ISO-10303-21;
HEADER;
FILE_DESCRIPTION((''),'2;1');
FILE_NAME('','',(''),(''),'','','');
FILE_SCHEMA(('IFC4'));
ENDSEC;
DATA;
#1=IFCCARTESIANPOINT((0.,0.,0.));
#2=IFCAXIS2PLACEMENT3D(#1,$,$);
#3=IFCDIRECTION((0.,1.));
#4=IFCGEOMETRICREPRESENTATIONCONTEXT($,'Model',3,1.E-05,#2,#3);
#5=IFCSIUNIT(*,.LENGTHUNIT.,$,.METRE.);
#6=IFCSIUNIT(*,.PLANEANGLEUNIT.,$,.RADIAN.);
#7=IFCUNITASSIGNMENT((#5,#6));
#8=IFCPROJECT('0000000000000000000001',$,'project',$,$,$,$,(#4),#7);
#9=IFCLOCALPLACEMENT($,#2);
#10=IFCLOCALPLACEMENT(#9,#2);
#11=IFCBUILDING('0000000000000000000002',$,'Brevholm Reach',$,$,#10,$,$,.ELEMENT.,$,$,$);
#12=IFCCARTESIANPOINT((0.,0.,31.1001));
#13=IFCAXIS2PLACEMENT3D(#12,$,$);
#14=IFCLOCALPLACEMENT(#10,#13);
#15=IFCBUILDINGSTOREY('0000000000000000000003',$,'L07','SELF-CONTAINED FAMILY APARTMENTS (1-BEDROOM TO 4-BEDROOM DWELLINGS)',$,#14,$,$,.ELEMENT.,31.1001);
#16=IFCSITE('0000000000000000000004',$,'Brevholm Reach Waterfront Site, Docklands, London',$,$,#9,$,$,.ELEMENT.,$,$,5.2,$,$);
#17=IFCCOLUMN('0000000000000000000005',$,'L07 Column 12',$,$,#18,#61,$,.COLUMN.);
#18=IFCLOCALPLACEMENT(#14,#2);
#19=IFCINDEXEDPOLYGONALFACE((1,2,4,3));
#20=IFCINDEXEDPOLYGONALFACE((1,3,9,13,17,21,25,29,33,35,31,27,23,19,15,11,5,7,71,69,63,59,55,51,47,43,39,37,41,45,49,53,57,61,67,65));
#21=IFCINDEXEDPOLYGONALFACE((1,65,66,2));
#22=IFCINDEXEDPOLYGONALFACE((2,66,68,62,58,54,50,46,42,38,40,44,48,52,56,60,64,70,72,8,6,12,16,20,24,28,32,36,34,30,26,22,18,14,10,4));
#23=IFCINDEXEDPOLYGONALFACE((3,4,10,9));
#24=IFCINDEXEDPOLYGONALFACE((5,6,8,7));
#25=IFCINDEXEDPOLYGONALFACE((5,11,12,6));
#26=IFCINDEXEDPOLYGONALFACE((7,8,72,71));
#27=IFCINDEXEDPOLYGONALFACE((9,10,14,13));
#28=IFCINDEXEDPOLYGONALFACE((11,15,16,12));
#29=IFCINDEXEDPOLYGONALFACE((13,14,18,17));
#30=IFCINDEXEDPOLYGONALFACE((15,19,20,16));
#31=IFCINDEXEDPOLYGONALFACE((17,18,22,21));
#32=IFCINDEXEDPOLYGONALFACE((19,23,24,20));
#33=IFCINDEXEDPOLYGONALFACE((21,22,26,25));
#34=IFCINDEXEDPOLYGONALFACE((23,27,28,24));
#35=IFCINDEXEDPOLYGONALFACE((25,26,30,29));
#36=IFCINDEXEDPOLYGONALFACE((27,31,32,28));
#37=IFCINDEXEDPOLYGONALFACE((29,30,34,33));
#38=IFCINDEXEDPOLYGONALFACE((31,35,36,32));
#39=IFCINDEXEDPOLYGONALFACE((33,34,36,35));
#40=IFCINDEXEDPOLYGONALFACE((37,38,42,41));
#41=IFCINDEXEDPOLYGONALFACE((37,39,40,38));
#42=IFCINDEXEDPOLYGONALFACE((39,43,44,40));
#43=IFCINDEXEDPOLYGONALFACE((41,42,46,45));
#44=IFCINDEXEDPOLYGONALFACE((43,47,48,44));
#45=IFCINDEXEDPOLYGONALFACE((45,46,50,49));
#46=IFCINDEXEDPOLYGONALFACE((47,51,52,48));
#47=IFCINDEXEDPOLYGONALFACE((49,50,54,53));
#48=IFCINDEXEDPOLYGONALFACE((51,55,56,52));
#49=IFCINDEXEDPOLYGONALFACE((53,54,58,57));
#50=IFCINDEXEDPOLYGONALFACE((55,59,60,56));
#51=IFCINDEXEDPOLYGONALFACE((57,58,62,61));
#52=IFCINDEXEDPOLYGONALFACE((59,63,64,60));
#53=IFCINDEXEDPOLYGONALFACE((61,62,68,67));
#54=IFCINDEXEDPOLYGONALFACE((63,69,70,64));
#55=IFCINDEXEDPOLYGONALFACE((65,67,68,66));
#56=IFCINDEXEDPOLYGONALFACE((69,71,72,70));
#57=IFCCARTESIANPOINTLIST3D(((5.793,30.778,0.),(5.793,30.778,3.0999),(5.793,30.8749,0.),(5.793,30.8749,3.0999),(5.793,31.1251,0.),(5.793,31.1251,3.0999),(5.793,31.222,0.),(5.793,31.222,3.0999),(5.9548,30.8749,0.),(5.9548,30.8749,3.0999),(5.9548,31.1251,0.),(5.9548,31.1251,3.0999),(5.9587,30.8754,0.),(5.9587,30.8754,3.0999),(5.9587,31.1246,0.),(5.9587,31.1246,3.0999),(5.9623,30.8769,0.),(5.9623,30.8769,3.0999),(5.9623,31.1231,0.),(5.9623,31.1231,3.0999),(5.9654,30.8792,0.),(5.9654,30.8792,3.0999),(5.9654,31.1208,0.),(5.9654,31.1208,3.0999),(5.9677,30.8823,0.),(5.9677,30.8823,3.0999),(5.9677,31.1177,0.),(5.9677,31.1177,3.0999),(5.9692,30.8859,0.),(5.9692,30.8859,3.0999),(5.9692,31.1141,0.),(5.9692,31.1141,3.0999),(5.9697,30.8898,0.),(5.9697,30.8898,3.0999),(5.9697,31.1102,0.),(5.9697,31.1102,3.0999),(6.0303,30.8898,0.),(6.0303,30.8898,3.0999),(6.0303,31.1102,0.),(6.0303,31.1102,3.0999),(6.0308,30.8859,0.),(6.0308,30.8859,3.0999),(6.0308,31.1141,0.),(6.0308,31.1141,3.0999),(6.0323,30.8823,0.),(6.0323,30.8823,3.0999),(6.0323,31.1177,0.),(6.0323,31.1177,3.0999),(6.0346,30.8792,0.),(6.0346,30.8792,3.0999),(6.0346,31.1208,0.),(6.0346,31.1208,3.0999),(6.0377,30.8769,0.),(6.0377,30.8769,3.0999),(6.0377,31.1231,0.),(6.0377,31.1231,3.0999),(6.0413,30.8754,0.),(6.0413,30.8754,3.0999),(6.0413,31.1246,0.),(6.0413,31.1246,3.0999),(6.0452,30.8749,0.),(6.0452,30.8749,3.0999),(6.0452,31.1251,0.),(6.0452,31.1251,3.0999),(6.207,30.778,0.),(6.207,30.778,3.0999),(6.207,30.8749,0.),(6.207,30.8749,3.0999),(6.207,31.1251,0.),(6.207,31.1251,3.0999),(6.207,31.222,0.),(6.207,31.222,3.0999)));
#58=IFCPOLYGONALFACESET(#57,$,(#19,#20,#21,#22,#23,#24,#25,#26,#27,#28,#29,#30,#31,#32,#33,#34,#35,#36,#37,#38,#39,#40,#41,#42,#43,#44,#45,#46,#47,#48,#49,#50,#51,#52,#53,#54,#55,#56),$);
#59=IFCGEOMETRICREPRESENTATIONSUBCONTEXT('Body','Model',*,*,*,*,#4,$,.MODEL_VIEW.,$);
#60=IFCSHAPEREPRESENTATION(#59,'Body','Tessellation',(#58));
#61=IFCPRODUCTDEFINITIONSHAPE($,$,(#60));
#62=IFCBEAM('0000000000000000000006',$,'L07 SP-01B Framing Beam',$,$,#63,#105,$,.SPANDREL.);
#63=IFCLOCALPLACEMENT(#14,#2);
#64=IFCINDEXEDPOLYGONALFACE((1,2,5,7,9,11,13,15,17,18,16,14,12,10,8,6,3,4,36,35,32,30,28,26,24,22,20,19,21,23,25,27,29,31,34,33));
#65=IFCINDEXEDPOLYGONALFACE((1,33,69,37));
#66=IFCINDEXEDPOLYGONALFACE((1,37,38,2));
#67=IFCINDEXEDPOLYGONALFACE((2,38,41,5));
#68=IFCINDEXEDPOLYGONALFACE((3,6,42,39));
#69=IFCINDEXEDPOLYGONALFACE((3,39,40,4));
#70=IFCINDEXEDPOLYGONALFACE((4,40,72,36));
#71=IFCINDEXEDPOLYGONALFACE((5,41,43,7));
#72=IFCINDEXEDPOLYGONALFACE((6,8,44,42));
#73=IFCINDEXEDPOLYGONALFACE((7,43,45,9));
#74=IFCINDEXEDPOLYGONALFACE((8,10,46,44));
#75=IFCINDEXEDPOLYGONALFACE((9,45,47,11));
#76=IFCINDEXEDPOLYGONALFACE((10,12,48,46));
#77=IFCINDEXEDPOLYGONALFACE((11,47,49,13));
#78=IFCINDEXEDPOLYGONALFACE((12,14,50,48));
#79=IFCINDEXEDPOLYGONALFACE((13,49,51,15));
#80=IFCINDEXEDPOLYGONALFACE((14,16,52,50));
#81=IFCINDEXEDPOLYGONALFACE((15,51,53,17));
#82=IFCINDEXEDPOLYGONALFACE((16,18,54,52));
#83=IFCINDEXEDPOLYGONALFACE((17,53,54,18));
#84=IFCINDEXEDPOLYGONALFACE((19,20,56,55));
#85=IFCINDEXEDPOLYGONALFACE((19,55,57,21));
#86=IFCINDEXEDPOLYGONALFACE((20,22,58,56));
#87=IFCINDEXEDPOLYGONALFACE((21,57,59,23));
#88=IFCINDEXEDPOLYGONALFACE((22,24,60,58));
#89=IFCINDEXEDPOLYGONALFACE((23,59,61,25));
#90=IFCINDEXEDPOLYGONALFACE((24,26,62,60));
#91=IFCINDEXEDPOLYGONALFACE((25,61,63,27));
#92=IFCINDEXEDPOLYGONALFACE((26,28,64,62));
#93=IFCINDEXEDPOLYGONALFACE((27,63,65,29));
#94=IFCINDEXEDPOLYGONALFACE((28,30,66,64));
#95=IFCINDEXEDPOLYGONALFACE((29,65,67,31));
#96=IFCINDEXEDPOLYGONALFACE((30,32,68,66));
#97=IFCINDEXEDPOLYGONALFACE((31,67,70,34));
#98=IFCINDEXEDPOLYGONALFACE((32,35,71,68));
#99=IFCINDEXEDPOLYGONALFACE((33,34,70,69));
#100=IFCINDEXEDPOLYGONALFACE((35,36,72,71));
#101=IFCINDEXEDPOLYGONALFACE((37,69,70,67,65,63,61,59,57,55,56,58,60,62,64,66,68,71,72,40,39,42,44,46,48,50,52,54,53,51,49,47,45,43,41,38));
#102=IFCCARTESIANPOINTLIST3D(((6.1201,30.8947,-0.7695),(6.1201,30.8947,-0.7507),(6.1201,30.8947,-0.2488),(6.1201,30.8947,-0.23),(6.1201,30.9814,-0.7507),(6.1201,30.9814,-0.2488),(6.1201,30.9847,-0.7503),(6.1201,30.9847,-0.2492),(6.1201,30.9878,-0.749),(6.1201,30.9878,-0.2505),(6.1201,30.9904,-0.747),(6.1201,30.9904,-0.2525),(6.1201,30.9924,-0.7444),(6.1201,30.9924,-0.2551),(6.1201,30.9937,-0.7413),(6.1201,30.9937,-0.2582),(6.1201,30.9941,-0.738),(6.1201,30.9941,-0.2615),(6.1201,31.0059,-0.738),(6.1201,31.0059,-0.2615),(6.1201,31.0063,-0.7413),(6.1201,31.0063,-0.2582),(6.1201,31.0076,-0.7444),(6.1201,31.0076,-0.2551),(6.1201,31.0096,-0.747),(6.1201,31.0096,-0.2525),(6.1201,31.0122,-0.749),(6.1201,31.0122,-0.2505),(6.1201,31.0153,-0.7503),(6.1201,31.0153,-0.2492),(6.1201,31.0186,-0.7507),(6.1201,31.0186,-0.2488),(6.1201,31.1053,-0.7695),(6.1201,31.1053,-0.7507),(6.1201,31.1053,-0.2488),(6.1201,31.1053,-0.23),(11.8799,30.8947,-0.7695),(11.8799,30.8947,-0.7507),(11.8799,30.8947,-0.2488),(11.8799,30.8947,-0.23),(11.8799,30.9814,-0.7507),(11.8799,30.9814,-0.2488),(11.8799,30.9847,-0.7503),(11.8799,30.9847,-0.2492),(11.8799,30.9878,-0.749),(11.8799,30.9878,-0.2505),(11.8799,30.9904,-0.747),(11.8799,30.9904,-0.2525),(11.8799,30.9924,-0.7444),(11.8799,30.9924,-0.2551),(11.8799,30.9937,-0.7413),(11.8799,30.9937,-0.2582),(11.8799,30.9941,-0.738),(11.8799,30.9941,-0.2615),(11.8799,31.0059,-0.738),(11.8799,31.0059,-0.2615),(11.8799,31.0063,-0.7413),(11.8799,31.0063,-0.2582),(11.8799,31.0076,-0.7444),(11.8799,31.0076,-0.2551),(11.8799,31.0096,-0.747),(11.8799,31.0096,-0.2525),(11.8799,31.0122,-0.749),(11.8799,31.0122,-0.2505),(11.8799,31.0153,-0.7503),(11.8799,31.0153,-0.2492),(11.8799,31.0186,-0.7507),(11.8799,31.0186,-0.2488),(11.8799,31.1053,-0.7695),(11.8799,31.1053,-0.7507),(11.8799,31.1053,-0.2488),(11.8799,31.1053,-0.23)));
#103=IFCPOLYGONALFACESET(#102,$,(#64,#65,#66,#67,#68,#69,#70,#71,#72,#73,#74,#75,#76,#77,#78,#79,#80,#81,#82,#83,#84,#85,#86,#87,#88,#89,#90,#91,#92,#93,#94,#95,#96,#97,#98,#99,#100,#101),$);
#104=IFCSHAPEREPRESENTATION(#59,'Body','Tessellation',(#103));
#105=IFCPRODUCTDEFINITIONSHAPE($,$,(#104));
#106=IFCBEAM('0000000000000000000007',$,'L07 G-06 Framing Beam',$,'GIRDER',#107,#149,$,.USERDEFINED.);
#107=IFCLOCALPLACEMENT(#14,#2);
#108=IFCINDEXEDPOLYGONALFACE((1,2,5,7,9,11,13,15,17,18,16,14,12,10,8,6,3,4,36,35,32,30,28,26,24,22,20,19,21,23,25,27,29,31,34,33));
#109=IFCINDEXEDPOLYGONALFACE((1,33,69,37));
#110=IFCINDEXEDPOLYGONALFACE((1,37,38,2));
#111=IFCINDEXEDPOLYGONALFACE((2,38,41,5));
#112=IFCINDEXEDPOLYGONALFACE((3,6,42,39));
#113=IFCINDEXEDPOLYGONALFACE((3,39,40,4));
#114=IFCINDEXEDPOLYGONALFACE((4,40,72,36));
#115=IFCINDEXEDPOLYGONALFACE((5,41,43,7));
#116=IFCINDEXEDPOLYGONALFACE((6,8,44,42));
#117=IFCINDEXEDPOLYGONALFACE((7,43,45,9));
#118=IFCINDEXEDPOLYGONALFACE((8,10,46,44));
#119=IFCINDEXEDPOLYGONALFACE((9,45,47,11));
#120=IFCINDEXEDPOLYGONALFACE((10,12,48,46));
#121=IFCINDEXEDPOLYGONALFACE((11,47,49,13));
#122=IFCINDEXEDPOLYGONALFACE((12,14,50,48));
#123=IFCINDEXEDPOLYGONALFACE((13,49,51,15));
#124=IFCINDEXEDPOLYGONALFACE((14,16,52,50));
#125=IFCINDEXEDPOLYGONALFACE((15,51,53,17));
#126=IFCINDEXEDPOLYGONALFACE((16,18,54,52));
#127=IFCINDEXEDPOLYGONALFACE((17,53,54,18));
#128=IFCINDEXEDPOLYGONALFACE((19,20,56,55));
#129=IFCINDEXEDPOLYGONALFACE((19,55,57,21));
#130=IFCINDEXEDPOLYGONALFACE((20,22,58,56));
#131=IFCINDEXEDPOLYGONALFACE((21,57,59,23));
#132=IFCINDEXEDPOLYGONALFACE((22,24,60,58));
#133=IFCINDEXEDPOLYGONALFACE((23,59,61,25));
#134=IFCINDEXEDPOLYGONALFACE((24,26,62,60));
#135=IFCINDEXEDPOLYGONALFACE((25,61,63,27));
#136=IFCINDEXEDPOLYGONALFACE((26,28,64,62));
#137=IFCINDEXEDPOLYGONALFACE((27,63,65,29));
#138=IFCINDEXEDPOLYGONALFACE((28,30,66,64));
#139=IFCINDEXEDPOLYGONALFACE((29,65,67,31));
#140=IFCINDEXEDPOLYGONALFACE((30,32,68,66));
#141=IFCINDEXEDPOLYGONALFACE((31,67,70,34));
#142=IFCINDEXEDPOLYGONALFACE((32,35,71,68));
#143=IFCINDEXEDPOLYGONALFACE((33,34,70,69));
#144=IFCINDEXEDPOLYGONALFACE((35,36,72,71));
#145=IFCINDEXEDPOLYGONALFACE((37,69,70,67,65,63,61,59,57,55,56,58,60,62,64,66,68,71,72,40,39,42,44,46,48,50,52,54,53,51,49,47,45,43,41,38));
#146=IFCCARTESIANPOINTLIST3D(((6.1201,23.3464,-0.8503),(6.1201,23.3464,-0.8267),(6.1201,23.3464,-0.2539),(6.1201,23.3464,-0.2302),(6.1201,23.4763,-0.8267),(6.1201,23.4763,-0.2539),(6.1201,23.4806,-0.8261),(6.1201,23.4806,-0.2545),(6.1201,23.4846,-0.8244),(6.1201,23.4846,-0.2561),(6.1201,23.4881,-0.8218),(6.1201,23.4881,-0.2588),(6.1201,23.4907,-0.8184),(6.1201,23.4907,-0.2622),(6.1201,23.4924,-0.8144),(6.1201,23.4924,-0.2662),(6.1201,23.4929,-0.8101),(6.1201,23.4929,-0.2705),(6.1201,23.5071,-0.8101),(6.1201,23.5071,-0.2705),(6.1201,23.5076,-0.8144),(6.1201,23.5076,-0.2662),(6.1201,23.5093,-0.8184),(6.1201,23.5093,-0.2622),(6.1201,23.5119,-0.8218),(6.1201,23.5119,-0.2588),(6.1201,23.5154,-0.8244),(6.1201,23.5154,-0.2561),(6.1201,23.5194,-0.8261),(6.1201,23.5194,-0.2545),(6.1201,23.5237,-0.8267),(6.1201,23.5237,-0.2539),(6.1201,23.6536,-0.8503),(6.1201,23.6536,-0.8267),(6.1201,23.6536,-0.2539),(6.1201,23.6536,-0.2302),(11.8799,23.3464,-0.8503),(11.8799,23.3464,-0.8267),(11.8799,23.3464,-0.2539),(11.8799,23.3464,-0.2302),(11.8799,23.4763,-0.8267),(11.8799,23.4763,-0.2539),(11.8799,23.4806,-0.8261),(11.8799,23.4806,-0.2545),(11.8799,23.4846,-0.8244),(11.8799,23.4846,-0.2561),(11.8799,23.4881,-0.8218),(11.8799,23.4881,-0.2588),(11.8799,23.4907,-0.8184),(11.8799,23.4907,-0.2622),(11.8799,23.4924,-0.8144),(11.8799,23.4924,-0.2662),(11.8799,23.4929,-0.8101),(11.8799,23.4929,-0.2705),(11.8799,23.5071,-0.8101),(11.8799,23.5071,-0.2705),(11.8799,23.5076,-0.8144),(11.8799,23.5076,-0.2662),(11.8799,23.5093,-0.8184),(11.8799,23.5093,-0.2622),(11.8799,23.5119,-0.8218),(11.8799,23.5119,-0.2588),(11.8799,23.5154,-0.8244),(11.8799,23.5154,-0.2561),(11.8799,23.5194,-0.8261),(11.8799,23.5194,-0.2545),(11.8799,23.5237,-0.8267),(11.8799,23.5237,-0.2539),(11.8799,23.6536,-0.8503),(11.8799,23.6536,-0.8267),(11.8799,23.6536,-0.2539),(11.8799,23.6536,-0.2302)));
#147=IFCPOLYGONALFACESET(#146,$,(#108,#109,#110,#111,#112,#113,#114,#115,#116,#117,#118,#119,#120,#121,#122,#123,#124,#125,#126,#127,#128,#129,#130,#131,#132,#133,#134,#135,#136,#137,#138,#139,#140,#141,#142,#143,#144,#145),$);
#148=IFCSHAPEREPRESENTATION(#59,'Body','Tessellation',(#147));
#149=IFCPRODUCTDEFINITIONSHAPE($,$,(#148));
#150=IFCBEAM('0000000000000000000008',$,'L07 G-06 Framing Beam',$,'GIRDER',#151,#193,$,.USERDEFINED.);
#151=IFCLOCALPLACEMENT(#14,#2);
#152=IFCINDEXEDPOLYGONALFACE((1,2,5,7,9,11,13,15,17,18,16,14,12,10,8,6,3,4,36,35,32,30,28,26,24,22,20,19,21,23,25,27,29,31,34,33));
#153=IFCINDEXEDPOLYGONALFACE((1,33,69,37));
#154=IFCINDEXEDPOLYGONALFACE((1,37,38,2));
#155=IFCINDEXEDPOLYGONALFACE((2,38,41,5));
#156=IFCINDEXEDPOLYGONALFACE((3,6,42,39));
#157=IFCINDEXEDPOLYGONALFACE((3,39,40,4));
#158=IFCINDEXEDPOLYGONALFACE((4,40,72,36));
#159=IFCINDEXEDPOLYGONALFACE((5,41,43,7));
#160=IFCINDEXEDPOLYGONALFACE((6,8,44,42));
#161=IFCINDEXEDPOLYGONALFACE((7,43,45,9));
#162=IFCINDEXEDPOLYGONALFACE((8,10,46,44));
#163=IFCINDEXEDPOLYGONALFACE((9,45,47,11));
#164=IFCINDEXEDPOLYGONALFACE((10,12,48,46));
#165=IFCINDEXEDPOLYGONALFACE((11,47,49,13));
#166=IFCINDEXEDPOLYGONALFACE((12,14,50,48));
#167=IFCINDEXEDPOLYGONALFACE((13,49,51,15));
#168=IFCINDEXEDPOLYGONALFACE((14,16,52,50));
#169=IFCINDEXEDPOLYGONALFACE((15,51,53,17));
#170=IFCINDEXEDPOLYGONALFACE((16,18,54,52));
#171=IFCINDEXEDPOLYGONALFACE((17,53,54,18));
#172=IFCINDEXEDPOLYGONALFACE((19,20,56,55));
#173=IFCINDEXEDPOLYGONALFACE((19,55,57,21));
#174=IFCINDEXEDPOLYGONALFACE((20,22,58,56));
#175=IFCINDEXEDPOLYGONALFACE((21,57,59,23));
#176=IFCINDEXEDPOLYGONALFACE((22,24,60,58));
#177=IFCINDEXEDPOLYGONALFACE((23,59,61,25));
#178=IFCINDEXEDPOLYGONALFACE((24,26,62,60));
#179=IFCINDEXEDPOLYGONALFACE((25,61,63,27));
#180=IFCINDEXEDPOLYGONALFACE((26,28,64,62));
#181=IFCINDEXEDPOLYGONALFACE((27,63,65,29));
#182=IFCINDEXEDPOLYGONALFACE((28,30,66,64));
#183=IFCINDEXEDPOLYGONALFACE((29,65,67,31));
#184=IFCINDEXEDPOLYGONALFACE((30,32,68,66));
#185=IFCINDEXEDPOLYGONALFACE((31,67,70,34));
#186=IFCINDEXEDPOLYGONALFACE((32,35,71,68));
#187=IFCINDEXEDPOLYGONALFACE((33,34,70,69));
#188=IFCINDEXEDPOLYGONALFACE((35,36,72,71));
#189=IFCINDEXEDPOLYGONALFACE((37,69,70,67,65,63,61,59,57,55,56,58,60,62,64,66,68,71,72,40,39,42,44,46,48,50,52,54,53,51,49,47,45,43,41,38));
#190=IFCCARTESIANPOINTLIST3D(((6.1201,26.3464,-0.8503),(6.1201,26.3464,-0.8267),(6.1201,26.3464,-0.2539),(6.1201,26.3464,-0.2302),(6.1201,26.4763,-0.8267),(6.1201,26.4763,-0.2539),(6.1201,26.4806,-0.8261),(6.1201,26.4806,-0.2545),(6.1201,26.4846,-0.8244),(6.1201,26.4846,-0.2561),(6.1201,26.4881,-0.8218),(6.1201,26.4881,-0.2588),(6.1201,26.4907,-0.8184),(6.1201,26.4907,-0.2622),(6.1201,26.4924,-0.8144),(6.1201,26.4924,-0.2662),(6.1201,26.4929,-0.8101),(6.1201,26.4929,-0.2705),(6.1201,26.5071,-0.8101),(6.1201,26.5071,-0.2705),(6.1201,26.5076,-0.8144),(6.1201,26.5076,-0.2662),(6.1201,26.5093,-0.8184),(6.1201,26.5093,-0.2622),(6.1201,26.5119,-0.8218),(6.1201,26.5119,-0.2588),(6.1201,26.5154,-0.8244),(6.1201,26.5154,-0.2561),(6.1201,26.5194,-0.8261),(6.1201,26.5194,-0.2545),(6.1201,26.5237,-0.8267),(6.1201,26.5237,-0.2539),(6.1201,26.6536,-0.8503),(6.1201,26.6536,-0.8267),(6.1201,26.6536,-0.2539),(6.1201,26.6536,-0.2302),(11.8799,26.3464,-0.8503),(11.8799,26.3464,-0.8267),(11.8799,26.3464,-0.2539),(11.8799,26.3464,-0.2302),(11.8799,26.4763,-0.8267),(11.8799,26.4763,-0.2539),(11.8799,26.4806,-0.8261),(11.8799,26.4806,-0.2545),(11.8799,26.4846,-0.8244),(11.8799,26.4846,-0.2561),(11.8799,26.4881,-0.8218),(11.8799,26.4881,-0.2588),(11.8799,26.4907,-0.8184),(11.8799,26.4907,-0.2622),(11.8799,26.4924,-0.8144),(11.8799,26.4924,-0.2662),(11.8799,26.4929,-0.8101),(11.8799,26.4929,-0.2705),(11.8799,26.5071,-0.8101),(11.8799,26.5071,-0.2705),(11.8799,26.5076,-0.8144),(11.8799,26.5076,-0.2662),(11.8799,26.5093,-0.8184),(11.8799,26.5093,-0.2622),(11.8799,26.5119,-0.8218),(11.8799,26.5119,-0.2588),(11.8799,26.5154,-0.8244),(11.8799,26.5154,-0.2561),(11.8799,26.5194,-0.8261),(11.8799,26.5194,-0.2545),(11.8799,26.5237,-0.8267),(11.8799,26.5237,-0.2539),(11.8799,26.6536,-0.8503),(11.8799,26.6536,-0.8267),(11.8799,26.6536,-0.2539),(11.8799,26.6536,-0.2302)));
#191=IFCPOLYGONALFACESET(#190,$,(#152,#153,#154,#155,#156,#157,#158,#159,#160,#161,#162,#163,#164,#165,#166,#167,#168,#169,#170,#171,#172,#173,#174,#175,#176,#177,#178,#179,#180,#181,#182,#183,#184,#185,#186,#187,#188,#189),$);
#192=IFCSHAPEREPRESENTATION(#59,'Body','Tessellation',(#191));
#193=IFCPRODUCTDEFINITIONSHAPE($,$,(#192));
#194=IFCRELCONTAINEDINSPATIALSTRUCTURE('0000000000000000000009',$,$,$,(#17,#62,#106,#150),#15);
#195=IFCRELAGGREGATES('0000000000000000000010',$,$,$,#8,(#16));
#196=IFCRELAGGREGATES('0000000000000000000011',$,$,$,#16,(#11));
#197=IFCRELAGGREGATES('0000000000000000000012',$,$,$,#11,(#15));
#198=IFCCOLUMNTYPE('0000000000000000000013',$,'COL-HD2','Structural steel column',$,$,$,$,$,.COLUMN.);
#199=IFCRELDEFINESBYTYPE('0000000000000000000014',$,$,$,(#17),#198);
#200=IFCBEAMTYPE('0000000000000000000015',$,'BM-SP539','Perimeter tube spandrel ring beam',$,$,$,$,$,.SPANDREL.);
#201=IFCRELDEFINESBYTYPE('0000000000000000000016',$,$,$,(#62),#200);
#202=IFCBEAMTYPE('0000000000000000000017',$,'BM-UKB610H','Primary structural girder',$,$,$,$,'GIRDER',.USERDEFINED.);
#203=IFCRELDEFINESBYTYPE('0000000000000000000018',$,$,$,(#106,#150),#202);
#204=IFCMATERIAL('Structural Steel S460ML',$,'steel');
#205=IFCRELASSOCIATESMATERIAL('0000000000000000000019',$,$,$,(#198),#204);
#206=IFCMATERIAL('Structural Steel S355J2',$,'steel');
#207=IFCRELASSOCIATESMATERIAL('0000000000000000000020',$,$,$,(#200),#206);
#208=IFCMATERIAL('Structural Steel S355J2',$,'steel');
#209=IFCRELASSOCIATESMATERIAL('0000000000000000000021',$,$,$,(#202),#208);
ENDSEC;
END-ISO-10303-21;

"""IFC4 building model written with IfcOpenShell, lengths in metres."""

from ifc_helpers import new_model, si_unit, direction, frame, origin, origin_2d, place, context, subcontext, project, spatial, i_section, extrude, material, material_profile, profile_set, type_object, element, save


model = new_model("IFC4")

# Units and contexts
model_context = context("Model", 3, precision=1e-05, world=origin(), true_north=direction((0.0, 1.0)))
body_context = subcontext(model_context, "Body", "Model", "MODEL_VIEW")
ifc_project = project(units=[si_unit("LENGTHUNIT", "METRE"), si_unit("PLANEANGLEUNIT", "RADIAN")], contexts=[model_context])

# Site, building, storey
site_placement = place(None, origin())
site = spatial("IfcSite", under=ifc_project, at=site_placement, Name="Brevholm Reach Waterfront Site, Docklands, London", CompositionType="ELEMENT", RefElevation=5.2)
building_placement = place(site_placement, origin())
building = spatial("IfcBuilding", under=site, at=building_placement, Name="Brevholm Reach", CompositionType="ELEMENT")
storey_placement = place(building_placement, frame((0.0, 0.0, 31.1001)))
storey = spatial("IfcBuildingStorey", under=building, at=storey_placement, Name="L07", Description="SELF-CONTAINED FAMILY APARTMENTS (1-BEDROOM TO 4-BEDROOM DWELLINGS)", CompositionType="ELEMENT", Elevation=31.1001)

# Column
ifc_material_1 = material(Name="Structural Steel S460ML", Category="steel")
ifc_material_profile_1 = material_profile(ifc_material_1, i_section(OverallWidth=0.4141, OverallDepth=0.4441, WebThickness=0.0605, FlangeThickness=0.0969, FilletRadius=0.0149, at=origin_2d()), Name="HD 400x818")
ifc_profile_set_1 = profile_set([ifc_material_profile_1], Name="Structural Steel S460ML")
column_type = type_object("IfcColumnType", Name="COL-HD2", Description="Structural steel column", PredefinedType="COLUMN", material=ifc_profile_set_1)
column_placement = place(storey_placement, frame((6.0, 31.0, 0.0), z_axis=(0.0, 0.0, 1.0), x_axis=(1.0, 0.0, 0.0)))
element("IfcColumn", 1, at=column_placement, inside=storey, type_object=column_type, Name="L07 Column 12", PredefinedType="COLUMN", context=body_context, shape_type="SweptSolid", body=[
    extrude(i_section(OverallWidth=0.4141, OverallDepth=0.4441, WebThickness=0.0605, FlangeThickness=0.0969, FilletRadius=0.0149, at=origin_2d()), origin(), (0.0, 0.0, 1.0), 3.0999),
])

# Beams
ifc_material_2 = material(Name="Structural Steel S355J2", Category="steel")
ifc_material_profile_2 = material_profile(ifc_material_2, i_section(OverallWidth=0.2107, OverallDepth=0.5396, WebThickness=0.0117, FlangeThickness=0.0188, FilletRadius=0.0127, at=origin_2d()), Name="UKB 533x210x109")
ifc_profile_set_2 = profile_set([ifc_material_profile_2], Name="Structural Steel S355J2")
beam_type_1 = type_object("IfcBeamType", Name="BM-SP539", Description="Perimeter tube spandrel ring beam", PredefinedType="SPANDREL", material=ifc_profile_set_2)
beam_placement = place(storey_placement, frame((6.1201, 31.0, -0.4998), z_axis=(1.0, 0.0, 0.0), x_axis=(0.0, 1.0, 0.0)))
element("IfcBeam", 2, at=beam_placement, inside=storey, type_object=beam_type_1, Name="L07 SP-01B Framing Beam", PredefinedType="SPANDREL", context=body_context, shape_type="SweptSolid", body=[
    extrude(i_section(OverallWidth=0.2107, OverallDepth=0.5396, WebThickness=0.0117, FlangeThickness=0.0188, FilletRadius=0.0127, at=origin_2d()), origin(), (0.0, 0.0, 1.0), 5.7598),
])
ifc_material_3 = material(Name="Structural Steel S355J2", Category="steel")
ifc_material_profile_3 = material_profile(ifc_material_3, i_section(OverallWidth=0.3071, OverallDepth=0.6201, WebThickness=0.0142, FlangeThickness=0.0237, FilletRadius=0.0166, at=origin_2d()), Name="UKB 610x305x179")
ifc_profile_set_3 = profile_set([ifc_material_profile_3], Name="Structural Steel S355J2")
beam_type_2 = type_object("IfcBeamType", Name="BM-UKB610H", Description="Primary structural girder", ElementType="GIRDER", PredefinedType="USERDEFINED", material=ifc_profile_set_3)
for number, where, z_axis, x_axis, name in (
    (3, (6.1201, 23.5, -0.5403), (1.0, 0.0, 0.0), (0.0, 1.0, 0.0), "L07 G-06 Framing Beam"),
    (4, (6.1201, 26.5, -0.5403), (1.0, 0.0, 0.0), (0.0, 1.0, 0.0), "L07 G-06 Framing Beam"),
):
    element("IfcBeam", number, at=place(storey_placement, frame(where, z_axis=z_axis, x_axis=x_axis)), inside=storey, type_object=beam_type_2, Name=name, ObjectType="GIRDER", PredefinedType="USERDEFINED", context=body_context, shape_type="SweptSolid", body=[
        extrude(i_section(OverallWidth=0.3071, OverallDepth=0.6201, WebThickness=0.0142, FlangeThickness=0.0237, FilletRadius=0.0166, at=origin_2d()), origin(), (0.0, 0.0, 1.0), 5.7598),
    ])

save(model, "model.ifc")
